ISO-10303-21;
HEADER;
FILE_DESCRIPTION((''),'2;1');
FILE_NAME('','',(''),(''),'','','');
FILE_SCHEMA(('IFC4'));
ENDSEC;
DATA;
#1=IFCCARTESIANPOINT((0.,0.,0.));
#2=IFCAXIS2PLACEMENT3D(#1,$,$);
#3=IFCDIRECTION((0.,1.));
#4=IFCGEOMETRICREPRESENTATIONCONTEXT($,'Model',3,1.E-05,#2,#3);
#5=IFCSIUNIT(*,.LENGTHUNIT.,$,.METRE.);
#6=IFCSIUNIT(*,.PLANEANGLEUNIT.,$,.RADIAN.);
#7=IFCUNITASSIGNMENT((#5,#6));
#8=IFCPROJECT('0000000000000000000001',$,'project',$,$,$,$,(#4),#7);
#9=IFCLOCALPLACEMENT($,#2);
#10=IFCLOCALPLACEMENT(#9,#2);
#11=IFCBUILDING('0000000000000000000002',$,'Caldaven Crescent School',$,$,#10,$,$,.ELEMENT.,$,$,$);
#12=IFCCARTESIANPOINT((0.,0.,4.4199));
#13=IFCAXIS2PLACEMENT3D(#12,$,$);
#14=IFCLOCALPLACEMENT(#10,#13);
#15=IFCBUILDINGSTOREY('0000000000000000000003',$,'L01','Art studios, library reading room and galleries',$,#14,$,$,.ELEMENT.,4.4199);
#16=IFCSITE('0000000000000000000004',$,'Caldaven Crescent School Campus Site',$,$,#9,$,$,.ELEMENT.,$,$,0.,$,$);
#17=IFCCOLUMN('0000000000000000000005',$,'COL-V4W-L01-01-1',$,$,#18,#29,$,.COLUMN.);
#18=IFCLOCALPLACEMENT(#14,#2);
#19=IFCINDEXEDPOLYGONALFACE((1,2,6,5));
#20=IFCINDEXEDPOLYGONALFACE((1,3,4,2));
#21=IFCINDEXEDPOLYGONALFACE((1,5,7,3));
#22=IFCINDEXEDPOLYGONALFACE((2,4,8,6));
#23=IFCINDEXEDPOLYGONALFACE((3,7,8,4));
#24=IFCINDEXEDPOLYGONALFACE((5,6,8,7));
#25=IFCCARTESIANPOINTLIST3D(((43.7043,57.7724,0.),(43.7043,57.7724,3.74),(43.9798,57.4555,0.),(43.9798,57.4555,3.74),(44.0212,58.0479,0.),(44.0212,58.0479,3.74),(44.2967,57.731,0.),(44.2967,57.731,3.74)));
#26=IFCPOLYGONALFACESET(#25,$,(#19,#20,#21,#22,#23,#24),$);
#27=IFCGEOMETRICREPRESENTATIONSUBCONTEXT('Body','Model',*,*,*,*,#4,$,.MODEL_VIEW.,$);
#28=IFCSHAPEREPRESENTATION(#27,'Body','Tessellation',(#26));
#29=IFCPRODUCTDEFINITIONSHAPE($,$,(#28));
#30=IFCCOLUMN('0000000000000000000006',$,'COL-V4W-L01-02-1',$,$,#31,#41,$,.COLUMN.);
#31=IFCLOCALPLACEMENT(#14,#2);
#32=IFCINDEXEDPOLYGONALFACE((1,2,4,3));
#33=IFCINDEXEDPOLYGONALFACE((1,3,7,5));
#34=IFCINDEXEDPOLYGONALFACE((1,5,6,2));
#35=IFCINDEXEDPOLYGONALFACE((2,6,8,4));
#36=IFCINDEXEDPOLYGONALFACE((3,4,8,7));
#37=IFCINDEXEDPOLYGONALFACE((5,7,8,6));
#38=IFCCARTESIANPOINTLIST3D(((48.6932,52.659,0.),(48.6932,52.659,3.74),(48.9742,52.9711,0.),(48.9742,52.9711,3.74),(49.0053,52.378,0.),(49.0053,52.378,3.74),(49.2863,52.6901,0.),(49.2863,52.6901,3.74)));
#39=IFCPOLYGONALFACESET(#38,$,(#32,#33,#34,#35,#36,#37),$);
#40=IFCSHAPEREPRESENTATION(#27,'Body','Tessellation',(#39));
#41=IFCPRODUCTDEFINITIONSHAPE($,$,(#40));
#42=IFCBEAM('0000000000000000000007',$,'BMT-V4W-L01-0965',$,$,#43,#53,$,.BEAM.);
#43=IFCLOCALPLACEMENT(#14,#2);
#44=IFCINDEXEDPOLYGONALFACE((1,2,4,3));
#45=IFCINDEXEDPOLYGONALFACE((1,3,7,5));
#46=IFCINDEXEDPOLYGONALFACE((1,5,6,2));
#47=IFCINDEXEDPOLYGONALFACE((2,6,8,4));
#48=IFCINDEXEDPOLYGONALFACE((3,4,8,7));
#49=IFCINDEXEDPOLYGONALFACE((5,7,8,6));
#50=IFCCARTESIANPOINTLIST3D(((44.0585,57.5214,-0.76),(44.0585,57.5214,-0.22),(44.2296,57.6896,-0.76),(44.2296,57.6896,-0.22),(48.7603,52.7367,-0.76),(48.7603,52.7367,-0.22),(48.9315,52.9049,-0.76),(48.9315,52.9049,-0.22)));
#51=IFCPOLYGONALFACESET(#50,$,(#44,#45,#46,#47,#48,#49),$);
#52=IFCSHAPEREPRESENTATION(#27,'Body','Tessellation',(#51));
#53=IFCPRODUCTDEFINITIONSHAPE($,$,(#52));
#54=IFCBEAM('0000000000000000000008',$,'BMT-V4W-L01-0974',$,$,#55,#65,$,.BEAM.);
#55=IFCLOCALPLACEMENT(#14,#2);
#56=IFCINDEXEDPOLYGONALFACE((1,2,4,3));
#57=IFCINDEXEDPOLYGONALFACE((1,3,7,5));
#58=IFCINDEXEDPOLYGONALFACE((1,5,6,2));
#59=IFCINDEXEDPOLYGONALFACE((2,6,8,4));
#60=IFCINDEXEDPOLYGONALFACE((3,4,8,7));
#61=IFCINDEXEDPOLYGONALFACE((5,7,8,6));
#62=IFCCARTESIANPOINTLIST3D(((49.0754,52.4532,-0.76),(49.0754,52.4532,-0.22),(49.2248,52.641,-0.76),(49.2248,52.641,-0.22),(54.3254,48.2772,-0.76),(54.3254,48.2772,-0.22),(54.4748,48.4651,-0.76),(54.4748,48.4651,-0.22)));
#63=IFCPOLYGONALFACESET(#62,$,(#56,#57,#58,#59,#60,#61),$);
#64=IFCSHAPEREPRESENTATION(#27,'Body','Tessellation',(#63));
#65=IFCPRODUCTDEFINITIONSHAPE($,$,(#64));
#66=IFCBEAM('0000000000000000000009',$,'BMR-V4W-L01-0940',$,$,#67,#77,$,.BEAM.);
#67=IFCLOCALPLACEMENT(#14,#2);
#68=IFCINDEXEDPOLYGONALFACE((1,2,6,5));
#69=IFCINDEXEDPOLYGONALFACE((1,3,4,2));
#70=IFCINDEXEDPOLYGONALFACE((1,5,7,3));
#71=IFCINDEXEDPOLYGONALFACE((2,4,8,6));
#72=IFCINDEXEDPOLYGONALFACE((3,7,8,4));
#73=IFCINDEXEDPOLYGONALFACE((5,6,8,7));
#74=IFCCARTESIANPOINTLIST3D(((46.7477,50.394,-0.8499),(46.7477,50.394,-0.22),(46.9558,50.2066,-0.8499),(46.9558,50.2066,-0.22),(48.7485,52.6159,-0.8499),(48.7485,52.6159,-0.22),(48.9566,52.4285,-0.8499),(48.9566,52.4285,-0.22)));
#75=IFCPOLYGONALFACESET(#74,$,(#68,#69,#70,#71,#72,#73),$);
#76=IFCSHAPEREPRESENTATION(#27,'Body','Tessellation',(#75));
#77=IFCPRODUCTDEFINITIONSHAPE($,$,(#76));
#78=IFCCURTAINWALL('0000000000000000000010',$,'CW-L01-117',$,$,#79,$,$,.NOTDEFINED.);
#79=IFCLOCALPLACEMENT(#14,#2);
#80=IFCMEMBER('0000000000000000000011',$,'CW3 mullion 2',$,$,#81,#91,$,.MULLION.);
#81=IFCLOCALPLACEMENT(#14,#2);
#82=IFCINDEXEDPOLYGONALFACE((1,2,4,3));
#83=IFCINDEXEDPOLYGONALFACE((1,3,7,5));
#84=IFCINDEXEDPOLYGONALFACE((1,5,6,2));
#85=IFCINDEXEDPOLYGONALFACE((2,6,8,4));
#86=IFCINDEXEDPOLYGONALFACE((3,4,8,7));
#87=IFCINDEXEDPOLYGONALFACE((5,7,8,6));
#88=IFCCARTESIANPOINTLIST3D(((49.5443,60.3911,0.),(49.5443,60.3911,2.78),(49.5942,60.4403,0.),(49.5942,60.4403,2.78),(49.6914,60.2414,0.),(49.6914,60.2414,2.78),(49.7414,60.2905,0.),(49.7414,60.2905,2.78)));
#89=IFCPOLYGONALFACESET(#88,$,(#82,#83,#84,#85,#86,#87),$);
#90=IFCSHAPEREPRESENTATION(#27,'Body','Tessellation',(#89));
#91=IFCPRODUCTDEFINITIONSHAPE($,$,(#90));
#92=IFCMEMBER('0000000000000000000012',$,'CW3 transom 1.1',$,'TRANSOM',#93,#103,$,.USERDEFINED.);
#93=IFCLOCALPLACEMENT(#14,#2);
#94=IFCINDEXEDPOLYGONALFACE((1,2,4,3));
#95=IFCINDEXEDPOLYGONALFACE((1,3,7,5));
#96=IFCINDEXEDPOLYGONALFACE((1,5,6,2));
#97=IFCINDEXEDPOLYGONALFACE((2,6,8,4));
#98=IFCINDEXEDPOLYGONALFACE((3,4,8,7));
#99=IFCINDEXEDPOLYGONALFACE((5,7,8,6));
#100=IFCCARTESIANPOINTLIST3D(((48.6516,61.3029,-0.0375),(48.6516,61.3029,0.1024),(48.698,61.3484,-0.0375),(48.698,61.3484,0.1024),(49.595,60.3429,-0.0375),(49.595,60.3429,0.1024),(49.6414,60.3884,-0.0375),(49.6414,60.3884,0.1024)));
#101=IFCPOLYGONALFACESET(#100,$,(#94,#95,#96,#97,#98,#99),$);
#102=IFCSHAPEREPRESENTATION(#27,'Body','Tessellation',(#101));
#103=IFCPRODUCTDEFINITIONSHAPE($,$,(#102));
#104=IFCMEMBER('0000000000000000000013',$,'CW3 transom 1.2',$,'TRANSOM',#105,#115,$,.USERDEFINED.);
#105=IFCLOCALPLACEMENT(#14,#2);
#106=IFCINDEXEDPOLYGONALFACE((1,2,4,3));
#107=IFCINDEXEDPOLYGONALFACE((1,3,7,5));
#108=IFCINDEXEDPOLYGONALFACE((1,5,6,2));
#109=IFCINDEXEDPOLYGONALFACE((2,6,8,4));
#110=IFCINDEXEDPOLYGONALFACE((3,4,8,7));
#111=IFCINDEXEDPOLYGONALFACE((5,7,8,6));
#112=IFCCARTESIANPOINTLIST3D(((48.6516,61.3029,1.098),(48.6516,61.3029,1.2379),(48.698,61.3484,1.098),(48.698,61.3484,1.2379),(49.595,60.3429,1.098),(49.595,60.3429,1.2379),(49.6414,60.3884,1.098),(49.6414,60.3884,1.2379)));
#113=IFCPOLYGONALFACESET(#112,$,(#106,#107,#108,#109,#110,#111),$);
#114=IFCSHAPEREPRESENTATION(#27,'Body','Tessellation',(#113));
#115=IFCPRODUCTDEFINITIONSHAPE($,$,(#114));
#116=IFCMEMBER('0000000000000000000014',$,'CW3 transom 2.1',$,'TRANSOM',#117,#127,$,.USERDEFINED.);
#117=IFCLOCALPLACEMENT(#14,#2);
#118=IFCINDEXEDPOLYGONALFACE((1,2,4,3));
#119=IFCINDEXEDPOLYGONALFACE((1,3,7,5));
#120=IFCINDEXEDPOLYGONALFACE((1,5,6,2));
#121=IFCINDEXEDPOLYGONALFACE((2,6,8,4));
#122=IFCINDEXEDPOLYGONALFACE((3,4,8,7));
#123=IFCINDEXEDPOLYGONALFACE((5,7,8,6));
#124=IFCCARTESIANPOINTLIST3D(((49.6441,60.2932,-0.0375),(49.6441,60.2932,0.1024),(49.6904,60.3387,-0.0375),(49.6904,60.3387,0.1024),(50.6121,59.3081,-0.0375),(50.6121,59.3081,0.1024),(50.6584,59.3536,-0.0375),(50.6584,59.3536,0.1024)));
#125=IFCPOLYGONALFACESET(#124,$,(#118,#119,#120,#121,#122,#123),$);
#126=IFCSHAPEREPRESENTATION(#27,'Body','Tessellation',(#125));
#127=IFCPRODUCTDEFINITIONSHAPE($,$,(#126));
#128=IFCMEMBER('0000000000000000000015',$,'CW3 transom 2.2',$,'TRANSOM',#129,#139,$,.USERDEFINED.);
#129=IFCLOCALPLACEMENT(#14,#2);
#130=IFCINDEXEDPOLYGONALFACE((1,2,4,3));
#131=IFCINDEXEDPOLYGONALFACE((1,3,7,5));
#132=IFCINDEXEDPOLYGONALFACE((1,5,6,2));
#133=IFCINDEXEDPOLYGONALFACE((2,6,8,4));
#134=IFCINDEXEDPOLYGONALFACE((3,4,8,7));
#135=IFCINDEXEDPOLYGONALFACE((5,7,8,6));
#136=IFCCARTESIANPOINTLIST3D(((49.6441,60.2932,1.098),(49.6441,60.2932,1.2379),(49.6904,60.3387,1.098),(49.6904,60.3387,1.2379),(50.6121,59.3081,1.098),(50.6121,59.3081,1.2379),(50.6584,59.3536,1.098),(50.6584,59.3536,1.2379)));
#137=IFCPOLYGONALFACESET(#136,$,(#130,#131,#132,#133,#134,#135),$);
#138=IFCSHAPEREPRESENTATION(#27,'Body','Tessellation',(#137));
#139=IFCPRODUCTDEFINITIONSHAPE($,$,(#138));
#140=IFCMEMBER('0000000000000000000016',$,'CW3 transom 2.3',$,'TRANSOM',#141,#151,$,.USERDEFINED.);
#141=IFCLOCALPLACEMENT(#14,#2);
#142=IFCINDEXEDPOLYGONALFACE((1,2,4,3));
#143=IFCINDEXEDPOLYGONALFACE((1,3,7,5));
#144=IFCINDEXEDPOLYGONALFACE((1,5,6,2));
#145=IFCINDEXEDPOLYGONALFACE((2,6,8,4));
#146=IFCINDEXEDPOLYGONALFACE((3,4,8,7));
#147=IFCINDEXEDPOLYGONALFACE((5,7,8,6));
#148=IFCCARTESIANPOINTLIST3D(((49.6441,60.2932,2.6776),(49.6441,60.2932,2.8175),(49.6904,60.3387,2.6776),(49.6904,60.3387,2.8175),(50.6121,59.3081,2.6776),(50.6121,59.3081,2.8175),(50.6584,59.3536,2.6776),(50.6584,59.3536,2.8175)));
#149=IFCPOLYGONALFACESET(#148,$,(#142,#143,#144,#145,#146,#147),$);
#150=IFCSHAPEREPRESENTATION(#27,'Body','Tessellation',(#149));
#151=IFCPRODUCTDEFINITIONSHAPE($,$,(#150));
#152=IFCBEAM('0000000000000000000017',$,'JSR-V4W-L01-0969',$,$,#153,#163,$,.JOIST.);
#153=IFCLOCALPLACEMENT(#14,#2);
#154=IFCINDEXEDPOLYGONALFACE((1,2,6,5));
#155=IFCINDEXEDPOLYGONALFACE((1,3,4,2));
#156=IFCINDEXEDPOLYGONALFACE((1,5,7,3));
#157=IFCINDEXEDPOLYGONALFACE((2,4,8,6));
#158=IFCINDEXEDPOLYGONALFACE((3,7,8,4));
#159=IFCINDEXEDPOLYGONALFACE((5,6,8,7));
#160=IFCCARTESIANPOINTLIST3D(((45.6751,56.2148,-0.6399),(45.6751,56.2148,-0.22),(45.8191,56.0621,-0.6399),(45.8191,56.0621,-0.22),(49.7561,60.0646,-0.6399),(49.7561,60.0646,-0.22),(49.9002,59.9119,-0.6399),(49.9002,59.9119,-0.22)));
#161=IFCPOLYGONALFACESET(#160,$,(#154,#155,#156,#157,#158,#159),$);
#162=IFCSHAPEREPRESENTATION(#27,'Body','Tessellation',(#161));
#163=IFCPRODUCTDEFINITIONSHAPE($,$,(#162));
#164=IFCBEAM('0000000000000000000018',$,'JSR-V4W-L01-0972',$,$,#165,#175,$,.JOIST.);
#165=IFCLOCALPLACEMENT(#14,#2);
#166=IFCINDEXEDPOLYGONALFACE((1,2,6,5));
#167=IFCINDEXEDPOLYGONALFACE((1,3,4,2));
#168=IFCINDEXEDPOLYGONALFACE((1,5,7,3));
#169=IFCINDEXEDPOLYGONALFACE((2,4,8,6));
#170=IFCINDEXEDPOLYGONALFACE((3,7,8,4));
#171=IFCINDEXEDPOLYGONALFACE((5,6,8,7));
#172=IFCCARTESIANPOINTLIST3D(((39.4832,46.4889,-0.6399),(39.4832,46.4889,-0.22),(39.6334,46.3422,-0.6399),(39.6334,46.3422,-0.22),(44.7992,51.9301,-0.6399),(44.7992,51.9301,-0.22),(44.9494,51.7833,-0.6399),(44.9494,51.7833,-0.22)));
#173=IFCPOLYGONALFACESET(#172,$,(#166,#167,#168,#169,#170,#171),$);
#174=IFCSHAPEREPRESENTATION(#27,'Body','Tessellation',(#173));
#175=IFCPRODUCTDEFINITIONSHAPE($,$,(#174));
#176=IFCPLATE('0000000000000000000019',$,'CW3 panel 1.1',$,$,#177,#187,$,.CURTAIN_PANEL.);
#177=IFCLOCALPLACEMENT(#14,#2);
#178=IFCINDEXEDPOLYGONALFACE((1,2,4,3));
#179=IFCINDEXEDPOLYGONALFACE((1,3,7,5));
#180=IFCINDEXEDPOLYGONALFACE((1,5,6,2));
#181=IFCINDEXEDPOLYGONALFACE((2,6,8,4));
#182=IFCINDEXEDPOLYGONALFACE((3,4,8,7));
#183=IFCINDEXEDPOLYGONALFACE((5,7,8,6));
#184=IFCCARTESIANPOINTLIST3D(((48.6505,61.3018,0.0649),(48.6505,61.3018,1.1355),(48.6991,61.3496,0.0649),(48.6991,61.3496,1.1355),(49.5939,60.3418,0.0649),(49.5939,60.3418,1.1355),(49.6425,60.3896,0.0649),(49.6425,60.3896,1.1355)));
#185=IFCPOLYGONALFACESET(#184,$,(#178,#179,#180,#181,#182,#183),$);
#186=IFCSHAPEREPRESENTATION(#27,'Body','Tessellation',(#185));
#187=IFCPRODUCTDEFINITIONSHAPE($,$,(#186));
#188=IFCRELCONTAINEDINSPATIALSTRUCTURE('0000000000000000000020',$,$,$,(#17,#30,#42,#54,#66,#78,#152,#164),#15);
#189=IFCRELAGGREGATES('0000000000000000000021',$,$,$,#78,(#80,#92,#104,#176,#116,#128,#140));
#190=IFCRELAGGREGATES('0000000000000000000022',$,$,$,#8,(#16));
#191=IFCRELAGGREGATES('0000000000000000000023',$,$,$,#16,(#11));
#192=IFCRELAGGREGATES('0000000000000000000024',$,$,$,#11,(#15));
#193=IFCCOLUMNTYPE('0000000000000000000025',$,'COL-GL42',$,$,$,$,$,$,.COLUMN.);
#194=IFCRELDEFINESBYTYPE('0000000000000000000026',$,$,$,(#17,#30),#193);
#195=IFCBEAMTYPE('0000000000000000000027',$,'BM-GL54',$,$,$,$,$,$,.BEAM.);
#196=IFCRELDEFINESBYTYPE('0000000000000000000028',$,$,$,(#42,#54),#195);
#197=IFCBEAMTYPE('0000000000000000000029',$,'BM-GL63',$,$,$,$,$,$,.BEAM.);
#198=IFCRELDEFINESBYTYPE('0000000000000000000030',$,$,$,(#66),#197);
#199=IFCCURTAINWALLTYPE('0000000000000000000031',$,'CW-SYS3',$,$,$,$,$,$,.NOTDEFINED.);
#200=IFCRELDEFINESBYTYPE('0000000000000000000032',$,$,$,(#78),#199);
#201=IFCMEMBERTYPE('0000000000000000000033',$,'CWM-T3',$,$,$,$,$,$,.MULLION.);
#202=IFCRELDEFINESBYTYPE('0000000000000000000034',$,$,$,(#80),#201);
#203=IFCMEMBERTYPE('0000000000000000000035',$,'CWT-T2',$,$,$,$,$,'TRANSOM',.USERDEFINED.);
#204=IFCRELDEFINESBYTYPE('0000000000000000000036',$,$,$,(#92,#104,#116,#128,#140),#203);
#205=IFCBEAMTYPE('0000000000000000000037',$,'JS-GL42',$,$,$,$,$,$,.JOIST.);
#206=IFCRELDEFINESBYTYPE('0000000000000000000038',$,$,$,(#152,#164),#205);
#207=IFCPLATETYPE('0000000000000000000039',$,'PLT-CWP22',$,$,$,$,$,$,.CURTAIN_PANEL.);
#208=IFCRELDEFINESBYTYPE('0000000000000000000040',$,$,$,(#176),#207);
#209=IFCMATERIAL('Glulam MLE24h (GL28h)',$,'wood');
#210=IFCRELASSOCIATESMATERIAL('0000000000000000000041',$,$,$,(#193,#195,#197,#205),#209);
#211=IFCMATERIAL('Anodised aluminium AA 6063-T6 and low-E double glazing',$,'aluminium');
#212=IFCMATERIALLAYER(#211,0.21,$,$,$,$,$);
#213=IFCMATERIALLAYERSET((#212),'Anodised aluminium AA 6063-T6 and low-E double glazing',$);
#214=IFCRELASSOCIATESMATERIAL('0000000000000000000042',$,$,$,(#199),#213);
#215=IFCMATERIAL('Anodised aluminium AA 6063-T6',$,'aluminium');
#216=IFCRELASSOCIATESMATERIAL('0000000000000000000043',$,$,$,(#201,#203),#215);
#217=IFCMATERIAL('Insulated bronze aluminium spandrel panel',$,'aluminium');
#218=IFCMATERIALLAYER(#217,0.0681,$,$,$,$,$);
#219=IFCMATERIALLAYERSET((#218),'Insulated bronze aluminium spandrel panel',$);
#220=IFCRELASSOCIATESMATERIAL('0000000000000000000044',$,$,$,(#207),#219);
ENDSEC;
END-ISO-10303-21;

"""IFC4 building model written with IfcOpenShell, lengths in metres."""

from ifc_helpers import new_model, si_unit, direction, frame, origin, origin_2d, place, context, subcontext, project, spatial, rectangle, extrude, material, layer, layer_set, material_profile, profile_set, type_object, element, aggregate, save


model = new_model("IFC4")

# Units and contexts
model_context = context("Model", 3, precision=1e-05, world=origin(), true_north=direction((0.0, 1.0)))
body_context = subcontext(model_context, "Body", "Model", "MODEL_VIEW")
ifc_project = project(units=[si_unit("LENGTHUNIT", "METRE"), si_unit("PLANEANGLEUNIT", "RADIAN")], contexts=[model_context])

# Site, building, storey
site_placement = place(None, origin())
site = spatial("IfcSite", under=ifc_project, at=site_placement, Name="Caldaven Crescent School Campus Site", CompositionType="ELEMENT", RefElevation=0.0)
building_placement = place(site_placement, origin())
building = spatial("IfcBuilding", under=site, at=building_placement, Name="Caldaven Crescent School", CompositionType="ELEMENT")
storey_placement = place(building_placement, frame((0.0, 0.0, 4.4199)))
storey = spatial("IfcBuildingStorey", under=building, at=storey_placement, Name="L01", Description="Art studios, library reading room and galleries", CompositionType="ELEMENT", Elevation=4.4199)

# Columns
ifc_material_1 = material(Name="Glulam MLE24h (GL28h)", Category="wood")
ifc_material_profile_1 = material_profile(ifc_material_1, rectangle(XDim=0.4199, YDim=0.4199, at=origin_2d()), Name="MLE 420x420")
ifc_profile_set_1 = profile_set([ifc_material_profile_1], Name="Glulam MLE24h (GL28h)")
column_type = type_object("IfcColumnType", Name="COL-GL42", PredefinedType="COLUMN", material=ifc_profile_set_1)
for number, where, z_axis, x_axis, name in (
    (1, (44.0005, 57.7517, 0.0), (0.0, 0.0, 1.0), (-0.75471, -0.656059, 0.0), "COL-V4W-L01-01-1"),
    (2, (48.9897, 52.6746, 0.0), (0.0, 0.0, 1.0), (-0.669131, -0.743145, 0.0), "COL-V4W-L01-02-1"),
):
    element("IfcColumn", number, at=place(storey_placement, frame(where, z_axis=z_axis, x_axis=x_axis)), inside=storey, type_object=column_type, Name=name, PredefinedType="COLUMN", context=body_context, shape_type="SweptSolid", body=[
        extrude(rectangle(XDim=0.4199, YDim=0.4199, at=origin_2d()), origin(), (0.0, 0.0, 1.0), 3.74),
    ])

# Beams
ifc_material_profile_2 = material_profile(ifc_material_1, rectangle(XDim=0.24, YDim=0.54, at=origin_2d()), Name="MLE 240x540")
ifc_profile_set_2 = profile_set([ifc_material_profile_2], Name="Glulam MLE24h (GL28h)")
beam_type_1 = type_object("IfcBeamType", Name="BM-GL54", PredefinedType="BEAM", material=ifc_profile_set_2)
for number, where, z_axis, x_axis, name in (
    (3, (44.144, 57.6055, -0.49), (0.700911, -0.713249, 0.0), (0.713249, 0.700911, 0.0), "BMT-V4W-L01-0965"),
    (4, (49.1501, 52.5471, -0.49), (0.782609, -0.622513, 0.0), (0.622513, 0.782609, 0.0), "BMT-V4W-L01-0974"),
):
    element("IfcBeam", number, at=place(storey_placement, frame(where, z_axis=z_axis, x_axis=x_axis)), inside=storey, type_object=beam_type_1, Name=name, PredefinedType="BEAM", context=body_context, shape_type="SweptSolid", body=[
        extrude(rectangle(XDim=0.24, YDim=0.54, at=origin_2d()), origin(), (0.0, 0.0, 1.0), 6.7083),
    ])
ifc_material_profile_3 = material_profile(ifc_material_1, rectangle(XDim=0.28, YDim=0.6299, at=origin_2d()), Name="MLE 280x630")
ifc_profile_set_3 = profile_set([ifc_material_profile_3], Name="Glulam MLE24h (GL28h)")
beam_type_2 = type_object("IfcBeamType", Name="BM-GL63", PredefinedType="BEAM", material=ifc_profile_set_3)
beam_1_placement = place(storey_placement, frame((48.8525, 52.5222, -0.5349), z_axis=(-0.66915, -0.743128, 0.0), x_axis=(0.743128, -0.66915, 0.0)))
element("IfcBeam", 5, at=beam_1_placement, inside=storey, type_object=beam_type_2, Name="BMR-V4W-L01-0940", PredefinedType="BEAM", context=body_context, shape_type="SweptSolid", body=[
    extrude(rectangle(XDim=0.28, YDim=0.6299, at=origin_2d()), origin(), (0.0, 0.0, 1.0), 2.99),
])

# Curtain wall, members
ifc_material_2 = material(Name="Anodised aluminium AA 6063-T6 and low-E double glazing", Category="aluminium")
ifc_layer_1 = layer(ifc_material_2, 0.21)
ifc_layer_set_1 = layer_set([ifc_layer_1], Name="Anodised aluminium AA 6063-T6 and low-E double glazing")
curtain_wall_type = type_object("IfcCurtainWallType", Name="CW-SYS3", PredefinedType="NOTDEFINED", material=ifc_layer_set_1)
curtain_wall_placement = place(storey_placement, origin())
curtain_wall = element("IfcCurtainWall", 6, at=curtain_wall_placement, inside=storey, type_object=curtain_wall_type, Name="CW-L01-117", PredefinedType="NOTDEFINED")
ifc_material_3 = material(Name="Anodised aluminium AA 6063-T6", Category="aluminium")
ifc_material_profile_4 = material_profile(ifc_material_3, rectangle(XDim=0.0701, YDim=0.21, at=origin_2d()), Name="CWM 70x210")
ifc_profile_set_4 = profile_set([ifc_material_profile_4], Name="Anodised aluminium AA 6063-T6")
member_type_1 = type_object("IfcMemberType", Name="CWM-T3", PredefinedType="MULLION", material=ifc_profile_set_4)
member_1_placement = place(storey_placement, frame((49.6428, 60.3408, 0.0), z_axis=(0.0, 0.0, 1.0), x_axis=(0.713251, 0.700909, 0.0)))
member_1 = element("IfcMember", 7, at=member_1_placement, type_object=member_type_1, Name="CW3 mullion 2", PredefinedType="MULLION", context=body_context, shape_type="SweptSolid", body=[
    extrude(rectangle(XDim=0.0701, YDim=0.21, at=origin_2d()), origin(), (0.0, 0.0, 1.0), 2.78),
])
ifc_material_profile_5 = material_profile(ifc_material_3, rectangle(XDim=0.0649, YDim=0.1399, at=origin_2d()), Name="CWT 65x140")
ifc_profile_set_5 = profile_set([ifc_material_profile_5], Name="Anodised aluminium AA 6063-T6")
member_type_2 = type_object("IfcMemberType", Name="CWT-T2", ElementType="TRANSOM", PredefinedType="USERDEFINED", material=ifc_profile_set_5)
member_2_placement = place(storey_placement, frame((48.6748, 61.3257, 0.0325), z_axis=(0.700912, -0.713247, 0.0), x_axis=(0.713247, 0.700912, 0.0)))
member_2 = element("IfcMember", 8, at=member_2_placement, type_object=member_type_2, Name="CW3 transom 1.1", ObjectType="TRANSOM", PredefinedType="USERDEFINED", context=body_context, shape_type="SweptSolid", body=[
    extrude(rectangle(XDim=0.0649, YDim=0.1399, at=origin_2d()), origin(), (0.0, 0.0, 1.0), 1.3459),
])
member_3_placement = place(storey_placement, frame((48.6748, 61.3257, 1.168), z_axis=(0.700912, -0.713247, 0.0), x_axis=(0.713247, 0.700912, 0.0)))
member_3 = element("IfcMember", 9, at=member_3_placement, type_object=member_type_2, Name="CW3 transom 1.2", ObjectType="TRANSOM", PredefinedType="USERDEFINED", context=body_context, shape_type="SweptSolid", body=[
    extrude(rectangle(XDim=0.0649, YDim=0.1399, at=origin_2d()), origin(), (0.0, 0.0, 1.0), 1.3459),
])
member_4_placement = place(storey_placement, frame((49.6672, 60.3159, 0.0325), z_axis=(0.700893, -0.713267, 0.0), x_axis=(0.713267, 0.700893, 0.0)))
member_4 = element("IfcMember", 10, at=member_4_placement, type_object=member_type_2, Name="CW3 transom 2.1", ObjectType="TRANSOM", PredefinedType="USERDEFINED", context=body_context, shape_type="SweptSolid", body=[
    extrude(rectangle(XDim=0.0649, YDim=0.1399, at=origin_2d()), origin(), (0.0, 0.0, 1.0), 1.3811),
])
member_5_placement = place(storey_placement, frame((49.6672, 60.3159, 1.168), z_axis=(0.700893, -0.713267, 0.0), x_axis=(0.713267, 0.700893, 0.0)))
member_5 = element("IfcMember", 11, at=member_5_placement, type_object=member_type_2, Name="CW3 transom 2.2", ObjectType="TRANSOM", PredefinedType="USERDEFINED", context=body_context, shape_type="SweptSolid", body=[
    extrude(rectangle(XDim=0.0649, YDim=0.1399, at=origin_2d()), origin(), (0.0, 0.0, 1.0), 1.3811),
])
member_6_placement = place(storey_placement, frame((49.6672, 60.3159, 2.7476), z_axis=(0.700893, -0.713267, 0.0), x_axis=(0.713267, 0.700893, 0.0)))
member_6 = element("IfcMember", 12, at=member_6_placement, type_object=member_type_2, Name="CW3 transom 2.3", ObjectType="TRANSOM", PredefinedType="USERDEFINED", context=body_context, shape_type="SweptSolid", body=[
    extrude(rectangle(XDim=0.0649, YDim=0.1399, at=origin_2d()), origin(), (0.0, 0.0, 1.0), 1.3811),
])

# Beams
ifc_material_profile_6 = material_profile(ifc_material_1, rectangle(XDim=0.21, YDim=0.4199, at=origin_2d()), Name="MLE 210x420")
ifc_profile_set_6 = profile_set([ifc_material_profile_6], Name="Glulam MLE24h (GL28h)")
beam_type_3 = type_object("IfcBeamType", Name="JS-GL42", PredefinedType="JOIST", material=ifc_profile_set_6)
beam_2_placement = place(storey_placement, frame((49.8281, 59.9883, -0.4299), z_axis=(-0.727411, -0.686202, 0.0), x_axis=(0.686202, -0.727411, 0.0)))
element("IfcBeam", 13, at=beam_2_placement, inside=storey, type_object=beam_type_3, Name="JSR-V4W-L01-0969", PredefinedType="JOIST", context=body_context, shape_type="SweptSolid", body=[
    extrude(rectangle(XDim=0.21, YDim=0.4199, at=origin_2d()), origin(), (0.0, 0.0, 1.0), 5.6104),
])
beam_3_placement = place(storey_placement, frame((44.8743, 51.8567, -0.4299), z_axis=(-0.698827, -0.715291, 0.0), x_axis=(0.715291, -0.698827, 0.0)))
element("IfcBeam", 14, at=beam_3_placement, inside=storey, type_object=beam_type_3, Name="JSR-V4W-L01-0972", PredefinedType="JOIST", context=body_context, shape_type="SweptSolid", body=[
    extrude(rectangle(XDim=0.21, YDim=0.4199, at=origin_2d()), origin(), (0.0, 0.0, 1.0), 7.6069),
])

# Plate
ifc_material_4 = material(Name="Insulated bronze aluminium spandrel panel", Category="aluminium")
ifc_layer_2 = layer(ifc_material_4, 0.0681)
ifc_layer_set_2 = layer_set([ifc_layer_2], Name="Insulated bronze aluminium spandrel panel")
plate_type = type_object("IfcPlateType", Name="PLT-CWP22", PredefinedType="CURTAIN_PANEL", material=ifc_layer_set_2)
plate_1_placement = place(storey_placement, frame((49.1465, 60.8457, 0.0649), z_axis=(0.0, 0.0, 1.0), x_axis=(0.700909, -0.713251, 0.0)))
plate_1 = element("IfcPlate", 15, at=plate_1_placement, type_object=plate_type, Name="CW3 panel 1.1", PredefinedType="CURTAIN_PANEL", context=body_context, shape_type="SweptSolid", body=[
    extrude(rectangle(XDim=1.3459, YDim=0.0681, at=origin_2d()), origin(), (0.0, 0.0, 1.0), 1.0706),
])
aggregate(curtain_wall, [member_1, member_2, member_3, plate_1, member_4, member_5, member_6])

save(model, "model.ifc")
